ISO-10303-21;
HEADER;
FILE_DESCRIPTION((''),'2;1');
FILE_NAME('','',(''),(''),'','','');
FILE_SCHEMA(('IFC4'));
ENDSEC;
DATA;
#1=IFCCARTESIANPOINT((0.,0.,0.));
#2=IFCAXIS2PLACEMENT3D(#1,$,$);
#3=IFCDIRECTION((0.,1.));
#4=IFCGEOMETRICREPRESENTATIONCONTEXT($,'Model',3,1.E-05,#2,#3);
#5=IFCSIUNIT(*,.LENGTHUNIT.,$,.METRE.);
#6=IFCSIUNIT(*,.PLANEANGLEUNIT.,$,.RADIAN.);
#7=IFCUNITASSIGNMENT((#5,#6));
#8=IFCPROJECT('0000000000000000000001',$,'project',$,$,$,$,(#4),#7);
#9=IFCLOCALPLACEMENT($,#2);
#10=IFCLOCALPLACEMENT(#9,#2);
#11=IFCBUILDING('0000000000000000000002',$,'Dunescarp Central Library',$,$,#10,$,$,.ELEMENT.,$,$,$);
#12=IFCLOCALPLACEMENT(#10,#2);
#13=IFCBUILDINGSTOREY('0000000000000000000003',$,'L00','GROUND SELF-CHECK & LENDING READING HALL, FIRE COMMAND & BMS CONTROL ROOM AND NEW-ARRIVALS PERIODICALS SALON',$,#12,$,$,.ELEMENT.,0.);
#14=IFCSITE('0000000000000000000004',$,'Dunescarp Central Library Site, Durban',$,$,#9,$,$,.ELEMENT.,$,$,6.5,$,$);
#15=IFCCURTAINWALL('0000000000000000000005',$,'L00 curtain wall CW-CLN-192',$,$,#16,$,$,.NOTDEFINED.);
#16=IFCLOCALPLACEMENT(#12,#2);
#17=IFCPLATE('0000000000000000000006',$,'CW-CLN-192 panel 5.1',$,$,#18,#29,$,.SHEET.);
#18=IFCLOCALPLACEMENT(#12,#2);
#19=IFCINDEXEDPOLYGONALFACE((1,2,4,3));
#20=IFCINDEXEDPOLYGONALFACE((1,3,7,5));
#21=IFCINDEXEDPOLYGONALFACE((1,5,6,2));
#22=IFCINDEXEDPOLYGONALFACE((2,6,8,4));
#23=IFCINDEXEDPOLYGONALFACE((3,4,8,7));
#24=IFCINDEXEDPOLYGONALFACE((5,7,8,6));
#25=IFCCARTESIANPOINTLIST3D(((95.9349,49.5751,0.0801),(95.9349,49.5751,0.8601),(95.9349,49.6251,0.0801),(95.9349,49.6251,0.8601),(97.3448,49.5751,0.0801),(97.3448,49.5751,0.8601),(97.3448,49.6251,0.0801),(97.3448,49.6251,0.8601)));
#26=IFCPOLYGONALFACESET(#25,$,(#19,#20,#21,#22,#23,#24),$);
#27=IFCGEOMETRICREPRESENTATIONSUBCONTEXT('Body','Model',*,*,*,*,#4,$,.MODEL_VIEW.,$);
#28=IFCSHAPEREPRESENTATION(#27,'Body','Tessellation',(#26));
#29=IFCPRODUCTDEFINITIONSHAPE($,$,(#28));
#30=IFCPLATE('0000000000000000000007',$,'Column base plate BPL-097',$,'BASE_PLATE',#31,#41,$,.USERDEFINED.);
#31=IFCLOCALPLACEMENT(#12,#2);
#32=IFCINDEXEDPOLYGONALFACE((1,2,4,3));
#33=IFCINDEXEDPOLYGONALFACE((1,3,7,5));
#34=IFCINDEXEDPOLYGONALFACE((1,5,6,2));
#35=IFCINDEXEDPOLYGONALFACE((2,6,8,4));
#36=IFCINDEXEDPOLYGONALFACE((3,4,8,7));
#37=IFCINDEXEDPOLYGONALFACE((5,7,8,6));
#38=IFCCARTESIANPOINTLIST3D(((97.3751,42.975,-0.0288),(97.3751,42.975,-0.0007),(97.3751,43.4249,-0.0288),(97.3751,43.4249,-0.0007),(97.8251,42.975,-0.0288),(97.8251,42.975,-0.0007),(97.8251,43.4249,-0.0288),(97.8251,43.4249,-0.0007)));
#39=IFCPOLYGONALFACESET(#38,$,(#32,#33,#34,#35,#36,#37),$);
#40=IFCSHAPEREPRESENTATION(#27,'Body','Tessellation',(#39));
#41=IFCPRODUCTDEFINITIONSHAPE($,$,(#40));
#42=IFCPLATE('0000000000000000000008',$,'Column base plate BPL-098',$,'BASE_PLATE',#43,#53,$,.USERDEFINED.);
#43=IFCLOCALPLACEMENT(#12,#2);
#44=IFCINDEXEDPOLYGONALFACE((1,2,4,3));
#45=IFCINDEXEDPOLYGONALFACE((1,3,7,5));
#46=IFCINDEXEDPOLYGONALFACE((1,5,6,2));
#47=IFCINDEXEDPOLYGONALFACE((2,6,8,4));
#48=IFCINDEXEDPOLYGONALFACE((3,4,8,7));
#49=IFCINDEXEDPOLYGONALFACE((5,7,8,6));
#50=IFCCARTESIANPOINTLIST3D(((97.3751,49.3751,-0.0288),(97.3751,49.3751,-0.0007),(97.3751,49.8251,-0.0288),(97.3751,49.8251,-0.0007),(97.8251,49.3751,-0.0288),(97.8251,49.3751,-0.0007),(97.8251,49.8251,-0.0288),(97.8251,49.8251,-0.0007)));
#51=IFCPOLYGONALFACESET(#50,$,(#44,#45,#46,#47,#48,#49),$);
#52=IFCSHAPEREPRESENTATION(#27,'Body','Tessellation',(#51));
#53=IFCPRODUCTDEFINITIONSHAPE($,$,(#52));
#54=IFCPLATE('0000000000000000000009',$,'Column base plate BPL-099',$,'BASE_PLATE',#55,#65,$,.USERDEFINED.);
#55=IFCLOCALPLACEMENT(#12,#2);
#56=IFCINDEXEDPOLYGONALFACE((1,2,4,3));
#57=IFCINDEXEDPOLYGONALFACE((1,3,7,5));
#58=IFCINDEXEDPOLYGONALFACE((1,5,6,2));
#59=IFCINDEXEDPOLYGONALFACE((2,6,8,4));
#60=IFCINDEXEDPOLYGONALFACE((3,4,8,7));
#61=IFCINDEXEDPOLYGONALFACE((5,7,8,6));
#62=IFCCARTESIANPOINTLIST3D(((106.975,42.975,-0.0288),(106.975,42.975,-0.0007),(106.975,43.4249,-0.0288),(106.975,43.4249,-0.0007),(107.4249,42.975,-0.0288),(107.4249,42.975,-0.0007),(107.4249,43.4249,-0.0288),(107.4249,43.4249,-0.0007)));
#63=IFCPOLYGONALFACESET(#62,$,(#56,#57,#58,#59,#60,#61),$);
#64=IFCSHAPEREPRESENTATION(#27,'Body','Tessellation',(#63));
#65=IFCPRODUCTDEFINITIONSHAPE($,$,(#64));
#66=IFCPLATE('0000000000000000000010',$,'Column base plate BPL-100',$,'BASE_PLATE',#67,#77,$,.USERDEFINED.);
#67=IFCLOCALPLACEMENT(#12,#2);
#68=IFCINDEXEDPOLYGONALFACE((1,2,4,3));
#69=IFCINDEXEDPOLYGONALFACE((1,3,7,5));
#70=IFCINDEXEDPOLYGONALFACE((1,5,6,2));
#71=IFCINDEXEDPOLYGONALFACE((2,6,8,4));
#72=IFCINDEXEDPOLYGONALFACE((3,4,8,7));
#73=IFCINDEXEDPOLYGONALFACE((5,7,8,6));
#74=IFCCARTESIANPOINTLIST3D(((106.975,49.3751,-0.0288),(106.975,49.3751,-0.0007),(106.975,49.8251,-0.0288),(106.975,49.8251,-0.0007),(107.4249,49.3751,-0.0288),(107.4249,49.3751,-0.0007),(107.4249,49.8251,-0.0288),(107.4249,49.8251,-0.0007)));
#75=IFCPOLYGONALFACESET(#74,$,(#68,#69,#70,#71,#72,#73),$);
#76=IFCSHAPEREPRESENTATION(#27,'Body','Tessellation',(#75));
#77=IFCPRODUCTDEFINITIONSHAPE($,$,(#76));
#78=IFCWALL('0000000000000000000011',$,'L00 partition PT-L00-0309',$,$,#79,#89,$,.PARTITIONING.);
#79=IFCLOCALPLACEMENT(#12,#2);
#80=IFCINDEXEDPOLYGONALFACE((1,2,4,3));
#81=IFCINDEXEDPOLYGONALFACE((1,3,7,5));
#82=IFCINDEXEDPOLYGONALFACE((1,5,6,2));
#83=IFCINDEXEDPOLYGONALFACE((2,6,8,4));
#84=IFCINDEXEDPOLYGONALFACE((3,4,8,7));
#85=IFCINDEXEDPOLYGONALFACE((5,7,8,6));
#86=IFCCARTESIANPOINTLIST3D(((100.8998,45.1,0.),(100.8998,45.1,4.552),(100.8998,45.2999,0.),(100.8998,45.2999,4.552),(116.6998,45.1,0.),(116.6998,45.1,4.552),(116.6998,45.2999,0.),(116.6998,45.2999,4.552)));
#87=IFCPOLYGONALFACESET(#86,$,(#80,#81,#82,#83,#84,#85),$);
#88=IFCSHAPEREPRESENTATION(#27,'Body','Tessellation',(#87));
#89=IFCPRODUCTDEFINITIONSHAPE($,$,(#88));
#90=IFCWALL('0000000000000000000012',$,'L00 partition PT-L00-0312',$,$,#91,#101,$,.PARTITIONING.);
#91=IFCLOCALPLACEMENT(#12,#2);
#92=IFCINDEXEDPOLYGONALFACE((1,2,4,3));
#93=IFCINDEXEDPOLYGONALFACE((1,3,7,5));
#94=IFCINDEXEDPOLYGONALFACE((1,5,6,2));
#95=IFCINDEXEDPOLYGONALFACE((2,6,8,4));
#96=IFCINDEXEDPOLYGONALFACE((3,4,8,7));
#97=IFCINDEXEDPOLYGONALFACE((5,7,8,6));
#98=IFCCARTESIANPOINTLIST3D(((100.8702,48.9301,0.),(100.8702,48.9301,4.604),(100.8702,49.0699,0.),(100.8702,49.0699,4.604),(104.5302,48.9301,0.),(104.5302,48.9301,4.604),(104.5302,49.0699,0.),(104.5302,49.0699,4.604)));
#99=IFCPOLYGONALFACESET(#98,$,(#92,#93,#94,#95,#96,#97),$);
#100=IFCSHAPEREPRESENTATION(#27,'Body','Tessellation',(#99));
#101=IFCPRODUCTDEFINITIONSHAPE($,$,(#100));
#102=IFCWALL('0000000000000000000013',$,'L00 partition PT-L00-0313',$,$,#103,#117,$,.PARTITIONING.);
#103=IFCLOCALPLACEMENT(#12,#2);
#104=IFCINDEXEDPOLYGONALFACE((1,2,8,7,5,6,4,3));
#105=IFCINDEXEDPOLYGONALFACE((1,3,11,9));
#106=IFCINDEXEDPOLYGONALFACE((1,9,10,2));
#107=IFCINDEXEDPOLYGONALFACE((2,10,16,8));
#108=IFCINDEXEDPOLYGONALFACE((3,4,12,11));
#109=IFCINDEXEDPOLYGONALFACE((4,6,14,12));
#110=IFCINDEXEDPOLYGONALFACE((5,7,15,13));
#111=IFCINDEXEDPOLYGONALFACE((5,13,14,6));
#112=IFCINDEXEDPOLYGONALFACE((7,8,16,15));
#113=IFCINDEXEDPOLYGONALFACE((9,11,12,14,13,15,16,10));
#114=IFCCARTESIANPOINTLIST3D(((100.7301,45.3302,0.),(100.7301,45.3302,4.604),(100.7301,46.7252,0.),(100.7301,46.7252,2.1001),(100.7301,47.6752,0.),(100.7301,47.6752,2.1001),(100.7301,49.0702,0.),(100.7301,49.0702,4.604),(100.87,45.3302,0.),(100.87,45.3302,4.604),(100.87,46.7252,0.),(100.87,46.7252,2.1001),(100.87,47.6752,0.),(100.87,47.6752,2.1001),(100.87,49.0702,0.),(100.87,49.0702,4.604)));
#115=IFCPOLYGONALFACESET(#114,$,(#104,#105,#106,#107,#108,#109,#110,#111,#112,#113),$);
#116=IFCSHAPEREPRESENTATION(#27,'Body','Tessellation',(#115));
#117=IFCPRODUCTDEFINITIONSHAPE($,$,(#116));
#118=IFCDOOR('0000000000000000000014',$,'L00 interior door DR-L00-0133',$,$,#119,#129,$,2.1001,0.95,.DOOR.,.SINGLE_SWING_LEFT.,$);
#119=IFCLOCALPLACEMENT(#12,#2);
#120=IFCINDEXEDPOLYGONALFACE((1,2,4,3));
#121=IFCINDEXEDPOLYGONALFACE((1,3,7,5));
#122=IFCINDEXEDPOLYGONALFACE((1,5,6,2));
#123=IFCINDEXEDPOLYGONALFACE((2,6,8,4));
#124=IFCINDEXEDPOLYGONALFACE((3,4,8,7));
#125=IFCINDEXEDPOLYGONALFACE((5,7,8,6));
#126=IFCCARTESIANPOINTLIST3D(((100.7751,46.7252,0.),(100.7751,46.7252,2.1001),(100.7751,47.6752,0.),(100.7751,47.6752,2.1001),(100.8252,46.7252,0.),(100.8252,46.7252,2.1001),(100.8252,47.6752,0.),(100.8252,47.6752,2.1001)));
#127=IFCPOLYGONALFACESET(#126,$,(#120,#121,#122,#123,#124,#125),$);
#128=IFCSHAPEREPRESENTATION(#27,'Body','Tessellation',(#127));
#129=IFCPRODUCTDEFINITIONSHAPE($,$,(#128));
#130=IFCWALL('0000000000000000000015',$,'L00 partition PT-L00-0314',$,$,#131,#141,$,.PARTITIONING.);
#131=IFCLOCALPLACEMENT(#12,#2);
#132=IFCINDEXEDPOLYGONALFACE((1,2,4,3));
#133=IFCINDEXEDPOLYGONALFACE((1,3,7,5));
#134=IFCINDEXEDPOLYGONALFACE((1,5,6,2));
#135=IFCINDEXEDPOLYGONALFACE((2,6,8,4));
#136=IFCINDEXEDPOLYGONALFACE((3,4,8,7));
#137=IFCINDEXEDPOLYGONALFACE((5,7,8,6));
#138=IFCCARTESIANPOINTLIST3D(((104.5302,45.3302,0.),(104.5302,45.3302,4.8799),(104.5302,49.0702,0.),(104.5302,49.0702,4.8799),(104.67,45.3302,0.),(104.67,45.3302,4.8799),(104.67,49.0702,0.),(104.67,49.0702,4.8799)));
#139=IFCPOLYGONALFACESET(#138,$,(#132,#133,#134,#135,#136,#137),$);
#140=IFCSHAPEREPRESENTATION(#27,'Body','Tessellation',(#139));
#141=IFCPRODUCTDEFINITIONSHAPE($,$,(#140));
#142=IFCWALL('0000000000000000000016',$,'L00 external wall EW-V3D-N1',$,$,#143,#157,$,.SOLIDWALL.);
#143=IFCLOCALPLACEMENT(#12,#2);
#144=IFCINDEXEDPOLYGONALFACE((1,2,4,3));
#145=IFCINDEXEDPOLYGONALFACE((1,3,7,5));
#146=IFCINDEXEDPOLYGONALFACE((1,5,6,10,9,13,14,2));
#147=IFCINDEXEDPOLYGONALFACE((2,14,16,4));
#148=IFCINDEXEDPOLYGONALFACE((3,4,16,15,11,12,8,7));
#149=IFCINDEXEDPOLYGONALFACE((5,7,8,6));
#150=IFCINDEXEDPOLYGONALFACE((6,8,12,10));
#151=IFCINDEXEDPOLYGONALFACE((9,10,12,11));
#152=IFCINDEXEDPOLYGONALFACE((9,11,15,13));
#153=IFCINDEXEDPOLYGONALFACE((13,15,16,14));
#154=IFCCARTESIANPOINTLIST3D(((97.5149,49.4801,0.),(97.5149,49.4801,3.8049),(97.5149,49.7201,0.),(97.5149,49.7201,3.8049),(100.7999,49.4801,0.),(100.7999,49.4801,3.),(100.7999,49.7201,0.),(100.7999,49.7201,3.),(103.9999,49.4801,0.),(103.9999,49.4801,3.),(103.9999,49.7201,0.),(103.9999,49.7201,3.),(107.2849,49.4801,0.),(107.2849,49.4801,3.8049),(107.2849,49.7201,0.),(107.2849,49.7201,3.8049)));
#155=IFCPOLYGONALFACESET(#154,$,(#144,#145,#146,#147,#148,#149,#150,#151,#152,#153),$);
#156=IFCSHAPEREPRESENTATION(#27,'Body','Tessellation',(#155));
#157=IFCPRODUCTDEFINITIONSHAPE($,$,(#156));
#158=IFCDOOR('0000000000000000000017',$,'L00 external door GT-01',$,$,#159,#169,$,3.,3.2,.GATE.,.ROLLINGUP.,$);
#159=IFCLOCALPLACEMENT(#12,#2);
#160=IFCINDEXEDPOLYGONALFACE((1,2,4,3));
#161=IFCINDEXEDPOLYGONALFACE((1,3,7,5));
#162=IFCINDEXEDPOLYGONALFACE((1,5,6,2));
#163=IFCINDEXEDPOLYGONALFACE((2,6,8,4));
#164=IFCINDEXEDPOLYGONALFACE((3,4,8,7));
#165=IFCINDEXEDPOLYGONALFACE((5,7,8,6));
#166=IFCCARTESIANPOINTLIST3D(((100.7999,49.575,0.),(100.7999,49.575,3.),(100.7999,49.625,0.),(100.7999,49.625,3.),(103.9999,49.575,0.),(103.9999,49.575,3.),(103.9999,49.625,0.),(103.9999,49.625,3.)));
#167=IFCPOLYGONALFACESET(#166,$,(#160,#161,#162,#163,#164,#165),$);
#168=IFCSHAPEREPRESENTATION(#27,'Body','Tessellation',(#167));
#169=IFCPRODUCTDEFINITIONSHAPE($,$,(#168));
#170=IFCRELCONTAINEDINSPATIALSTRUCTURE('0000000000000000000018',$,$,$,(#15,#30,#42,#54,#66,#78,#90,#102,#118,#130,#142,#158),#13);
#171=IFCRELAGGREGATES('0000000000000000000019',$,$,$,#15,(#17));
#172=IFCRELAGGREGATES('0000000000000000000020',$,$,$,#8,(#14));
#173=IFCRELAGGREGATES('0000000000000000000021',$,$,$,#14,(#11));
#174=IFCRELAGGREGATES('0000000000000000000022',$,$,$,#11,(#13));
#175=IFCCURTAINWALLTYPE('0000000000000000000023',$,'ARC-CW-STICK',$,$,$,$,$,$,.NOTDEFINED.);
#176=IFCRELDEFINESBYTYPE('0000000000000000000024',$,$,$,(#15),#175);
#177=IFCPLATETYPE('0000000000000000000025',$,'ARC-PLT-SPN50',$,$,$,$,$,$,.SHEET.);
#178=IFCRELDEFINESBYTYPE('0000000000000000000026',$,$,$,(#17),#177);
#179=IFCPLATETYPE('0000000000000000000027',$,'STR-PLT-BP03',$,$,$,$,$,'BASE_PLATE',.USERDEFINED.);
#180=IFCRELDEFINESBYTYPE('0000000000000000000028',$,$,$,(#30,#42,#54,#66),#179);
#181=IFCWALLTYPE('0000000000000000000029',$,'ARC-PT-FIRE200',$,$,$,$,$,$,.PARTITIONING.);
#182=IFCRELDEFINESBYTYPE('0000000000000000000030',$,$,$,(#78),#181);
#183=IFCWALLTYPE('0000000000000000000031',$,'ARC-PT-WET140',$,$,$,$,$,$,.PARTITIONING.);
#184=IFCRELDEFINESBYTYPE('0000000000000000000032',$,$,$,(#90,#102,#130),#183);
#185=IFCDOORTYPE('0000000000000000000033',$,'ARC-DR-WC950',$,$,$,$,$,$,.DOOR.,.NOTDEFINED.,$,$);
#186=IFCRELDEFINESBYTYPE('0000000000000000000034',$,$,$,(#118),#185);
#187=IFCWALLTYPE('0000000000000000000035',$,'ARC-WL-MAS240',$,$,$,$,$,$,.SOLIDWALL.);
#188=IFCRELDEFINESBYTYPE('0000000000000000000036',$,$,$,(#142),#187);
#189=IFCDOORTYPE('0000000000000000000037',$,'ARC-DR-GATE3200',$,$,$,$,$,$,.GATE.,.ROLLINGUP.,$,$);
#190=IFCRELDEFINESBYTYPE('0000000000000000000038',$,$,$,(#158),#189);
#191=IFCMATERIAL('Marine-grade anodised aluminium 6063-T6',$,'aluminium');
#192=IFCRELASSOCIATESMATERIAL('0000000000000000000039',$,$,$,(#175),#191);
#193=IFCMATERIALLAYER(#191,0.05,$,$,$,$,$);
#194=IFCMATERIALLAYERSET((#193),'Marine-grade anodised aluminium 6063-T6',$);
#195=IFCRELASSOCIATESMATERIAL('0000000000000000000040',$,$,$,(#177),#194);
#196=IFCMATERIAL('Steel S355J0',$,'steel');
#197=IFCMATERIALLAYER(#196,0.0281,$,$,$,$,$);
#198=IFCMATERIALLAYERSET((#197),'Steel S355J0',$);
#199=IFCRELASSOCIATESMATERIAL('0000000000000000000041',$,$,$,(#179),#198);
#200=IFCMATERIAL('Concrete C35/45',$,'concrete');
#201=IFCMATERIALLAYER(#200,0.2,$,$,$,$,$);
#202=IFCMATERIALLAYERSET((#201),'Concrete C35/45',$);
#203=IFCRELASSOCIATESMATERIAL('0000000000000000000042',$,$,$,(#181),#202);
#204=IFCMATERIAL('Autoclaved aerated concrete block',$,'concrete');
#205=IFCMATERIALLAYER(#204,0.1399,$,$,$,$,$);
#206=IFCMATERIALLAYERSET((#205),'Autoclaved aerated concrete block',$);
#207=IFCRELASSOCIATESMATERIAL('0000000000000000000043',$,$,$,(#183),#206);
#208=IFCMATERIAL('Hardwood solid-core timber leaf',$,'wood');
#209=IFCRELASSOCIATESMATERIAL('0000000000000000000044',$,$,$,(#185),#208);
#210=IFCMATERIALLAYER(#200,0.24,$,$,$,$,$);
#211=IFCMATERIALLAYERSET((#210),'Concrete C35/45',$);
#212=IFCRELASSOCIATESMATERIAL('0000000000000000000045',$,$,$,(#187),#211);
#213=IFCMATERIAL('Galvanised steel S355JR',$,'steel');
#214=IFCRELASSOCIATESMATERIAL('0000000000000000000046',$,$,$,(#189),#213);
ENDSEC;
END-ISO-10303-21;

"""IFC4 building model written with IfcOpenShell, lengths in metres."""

from ifc_helpers import new_model, si_unit, direction, frame, frame_2d, origin, origin_2d, place, context, subcontext, project, spatial, rectangle, extrude, material, layer, layer_set, type_object, element, fill, aggregate, save


model = new_model("IFC4")

# Units and contexts
model_context = context("Model", 3, precision=1e-05, world=origin(), true_north=direction((0.0, 1.0)))
body_context = subcontext(model_context, "Body", "Model", "MODEL_VIEW")
ifc_project = project(units=[si_unit("LENGTHUNIT", "METRE"), si_unit("PLANEANGLEUNIT", "RADIAN")], contexts=[model_context])

# Site, building, storey
site_placement = place(None, origin())
site = spatial("IfcSite", under=ifc_project, at=site_placement, Name="Dunescarp Central Library Site, Durban", CompositionType="ELEMENT", RefElevation=6.5)
building_placement = place(site_placement, origin())
building = spatial("IfcBuilding", under=site, at=building_placement, Name="Dunescarp Central Library", CompositionType="ELEMENT")
storey_placement = place(building_placement, origin())
storey = spatial("IfcBuildingStorey", under=building, at=storey_placement, Name="L00", Description="GROUND SELF-CHECK & LENDING READING HALL, FIRE COMMAND & BMS CONTROL ROOM AND NEW-ARRIVALS PERIODICALS SALON", CompositionType="ELEMENT", Elevation=0.0)

# Shared definitions
ifc_material_1 = material(Name="Concrete C35/45", Category="concrete")

# Curtain wall
ifc_material_2 = material(Name="Marine-grade anodised aluminium 6063-T6", Category="aluminium")
curtain_wall_type = type_object("IfcCurtainWallType", Name="ARC-CW-STICK", PredefinedType="NOTDEFINED", material=ifc_material_2)
curtain_wall_placement = place(storey_placement, origin())
curtain_wall = element("IfcCurtainWall", 1, at=curtain_wall_placement, inside=storey, type_object=curtain_wall_type, Name="L00 curtain wall CW-CLN-192", PredefinedType="NOTDEFINED")

# Plate
ifc_layer_1 = layer(ifc_material_2, 0.05)
ifc_layer_set_1 = layer_set([ifc_layer_1], Name="Marine-grade anodised aluminium 6063-T6")
plate_type_1 = type_object("IfcPlateType", Name="ARC-PLT-SPN50", PredefinedType="SHEET", material=ifc_layer_set_1)
plate_1_placement = place(storey_placement, frame((96.6399, 49.6001, 0.0801), z_axis=(0.0, 0.0, 1.0), x_axis=(1.0, 0.0, 0.0)))
plate_1 = element("IfcPlate", 2, at=plate_1_placement, type_object=plate_type_1, Name="CW-CLN-192 panel 5.1", PredefinedType="SHEET", context=body_context, shape_type="SweptSolid", body=[
    extrude(rectangle(XDim=1.4099, YDim=0.05, at=origin_2d()), origin(), (0.0, 0.0, 1.0), 0.78),
])
aggregate(curtain_wall, [plate_1])

# Plates
ifc_material_3 = material(Name="Steel S355J0", Category="steel")
ifc_layer_2 = layer(ifc_material_3, 0.0281)
ifc_layer_set_2 = layer_set([ifc_layer_2], Name="Steel S355J0")
plate_type_2 = type_object("IfcPlateType", Name="STR-PLT-BP03", ElementType="BASE_PLATE", PredefinedType="USERDEFINED", material=ifc_layer_set_2)
for number, where, z_axis, x_axis, name in (
    (3, (97.6001, 43.2, -0.0288), (0.0, 0.0, 1.0), (1.0, 0.0, 0.0), "Column base plate BPL-097"),
    (4, (97.6001, 49.6001, -0.0288), (0.0, 0.0, 1.0), (1.0, 0.0, 0.0), "Column base plate BPL-098"),
    (5, (107.2, 43.2, -0.0288), (0.0, 0.0, 1.0), (1.0, 0.0, 0.0), "Column base plate BPL-099"),
    (6, (107.2, 49.6001, -0.0288), (0.0, 0.0, 1.0), (1.0, 0.0, 0.0), "Column base plate BPL-100"),
):
    element("IfcPlate", number, at=place(storey_placement, frame(where, z_axis=z_axis, x_axis=x_axis)), inside=storey, type_object=plate_type_2, Name=name, ObjectType="BASE_PLATE", PredefinedType="USERDEFINED", context=body_context, shape_type="SweptSolid", body=[
        extrude(rectangle(XDim=0.45, YDim=0.45, at=origin_2d()), origin(), (0.0, 0.0, 1.0), 0.0281),
    ])

# Walls
ifc_layer_3 = layer(ifc_material_1, 0.2)
ifc_layer_set_3 = layer_set([ifc_layer_3], Name="Concrete C35/45")
wall_type_1 = type_object("IfcWallType", Name="ARC-PT-FIRE200", PredefinedType="PARTITIONING", material=ifc_layer_set_3)
wall_1_placement = place(storey_placement, frame((100.8999, 45.2, 0.0), z_axis=(0.0, 0.0, 1.0), x_axis=(1.0, 0.0, 0.0)))
element("IfcWall", 7, at=wall_1_placement, inside=storey, type_object=wall_type_1, Name="L00 partition PT-L00-0309", PredefinedType="PARTITIONING", context=body_context, shape_type="SweptSolid", body=[
    extrude(rectangle(XDim=15.8, YDim=0.2, at=frame_2d((7.8999, 0.0))), origin(), (0.0, 0.0, 1.0), 4.552),
])
ifc_material_4 = material(Name="Autoclaved aerated concrete block", Category="concrete")
ifc_layer_4 = layer(ifc_material_4, 0.1399)
ifc_layer_set_4 = layer_set([ifc_layer_4], Name="Autoclaved aerated concrete block")
wall_type_2 = type_object("IfcWallType", Name="ARC-PT-WET140", PredefinedType="PARTITIONING", material=ifc_layer_set_4)
wall_2_placement = place(storey_placement, frame((100.8701, 49.0, 0.0), z_axis=(0.0, 0.0, 1.0), x_axis=(1.0, 0.0, 0.0)))
element("IfcWall", 8, at=wall_2_placement, inside=storey, type_object=wall_type_2, Name="L00 partition PT-L00-0312", PredefinedType="PARTITIONING", context=body_context, shape_type="SweptSolid", body=[
    extrude(rectangle(XDim=3.6599, YDim=0.1399, at=frame_2d((1.8301, 0.0))), origin(), (0.0, 0.0, 1.0), 4.604),
])

# Wall, opening, door
wall_3_placement = place(storey_placement, frame((100.8, 45.3301, 0.0), z_axis=(0.0, 0.0, 1.0), x_axis=(0.0, 1.0, 0.0)))
wall_3 = element("IfcWall", 9, at=wall_3_placement, inside=storey, type_object=wall_type_2, Name="L00 partition PT-L00-0313", PredefinedType="PARTITIONING", context=body_context, shape_type="SweptSolid", body=[
    extrude(rectangle(XDim=3.74, YDim=0.1399, at=frame_2d((1.8701, 0.0))), origin(), (0.0, 0.0, 1.0), 4.604),
])
opening_1_placement = place(wall_3_placement, frame((1.395, 0.0, 0.0)))
opening_1 = element("IfcOpeningElement", 10, at=opening_1_placement, cuts=wall_3, PredefinedType="OPENING", context=body_context, shape_type="SweptSolid", body=[
    extrude(rectangle(XDim=0.95, YDim=2.1001, at=frame_2d((0.4751, 1.05))), frame((0.0, 0.0801, 0.0), z_axis=(0.0, -1.0, 0.0), x_axis=(1.0, 0.0, 0.0)), (0.0, 0.0, 1.0), 0.1599),
])
ifc_material_5 = material(Name="Hardwood solid-core timber leaf", Category="wood")
door_type_1 = type_object("IfcDoorType", Name="ARC-DR-WC950", OperationType="NOTDEFINED", PredefinedType="DOOR", material=ifc_material_5)
door_1_placement = place(opening_1_placement, origin())
door_1 = element("IfcDoor", 11, at=door_1_placement, inside=storey, type_object=door_type_1, Name="L00 interior door DR-L00-0133", OperationType="SINGLE_SWING_LEFT", OverallHeight=2.1001, OverallWidth=0.95, PredefinedType="DOOR", context=body_context, shape_type="SweptSolid", body=[
    extrude(rectangle(XDim=0.95, YDim=2.1001, at=frame_2d((0.4751, 1.05))), frame((0.0, 0.0249, 0.0), z_axis=(0.0, -1.0, 0.0), x_axis=(1.0, 0.0, 0.0)), (0.0, 0.0, 1.0), 0.05),
])
fill(opening_1, door_1)

# Wall
wall_4_placement = place(storey_placement, frame((104.6001, 45.3301, 0.0), z_axis=(0.0, 0.0, 1.0), x_axis=(0.0, 1.0, 0.0)))
element("IfcWall", 12, at=wall_4_placement, inside=storey, type_object=wall_type_2, Name="L00 partition PT-L00-0314", PredefinedType="PARTITIONING", context=body_context, shape_type="SweptSolid", body=[
    extrude(rectangle(XDim=3.74, YDim=0.1399, at=frame_2d((1.8701, 0.0))), origin(), (0.0, 0.0, 1.0), 4.8799),
])

# Wall, opening, door
ifc_layer_5 = layer(ifc_material_1, 0.24)
ifc_layer_set_5 = layer_set([ifc_layer_5], Name="Concrete C35/45")
wall_type_3 = type_object("IfcWallType", Name="ARC-WL-MAS240", PredefinedType="SOLIDWALL", material=ifc_layer_set_5)
wall_5_placement = place(storey_placement, frame((97.5149, 49.6001, 0.0), z_axis=(0.0, 0.0, 1.0), x_axis=(1.0, 0.0, 0.0)))
wall_5 = element("IfcWall", 13, at=wall_5_placement, inside=storey, type_object=wall_type_3, Name="L00 external wall EW-V3D-N1", PredefinedType="SOLIDWALL", context=body_context, shape_type="SweptSolid", body=[
    extrude(rectangle(XDim=9.77, YDim=0.24, at=frame_2d((4.885, 0.0))), origin(), (0.0, 0.0, 1.0), 3.8049),
])
opening_2_placement = place(wall_5_placement, frame((3.2849, 0.0, 0.0)))
opening_2 = element("IfcOpeningElement", 14, at=opening_2_placement, cuts=wall_5, PredefinedType="OPENING", context=body_context, shape_type="SweptSolid", body=[
    extrude(rectangle(XDim=3.2, YDim=3.0, at=frame_2d((1.6001, 1.5))), frame((0.0, 0.1299, 0.0), z_axis=(0.0, -1.0, 0.0), x_axis=(1.0, 0.0, 0.0)), (0.0, 0.0, 1.0), 0.26),
])
ifc_material_6 = material(Name="Galvanised steel S355JR", Category="steel")
door_type_2 = type_object("IfcDoorType", Name="ARC-DR-GATE3200", OperationType="ROLLINGUP", PredefinedType="GATE", material=ifc_material_6)
door_2_placement = place(opening_2_placement, origin())
door_2 = element("IfcDoor", 15, at=door_2_placement, inside=storey, type_object=door_type_2, Name="L00 external door GT-01", OperationType="ROLLINGUP", OverallHeight=3.0, OverallWidth=3.2, PredefinedType="GATE", context=body_context, shape_type="SweptSolid", body=[
    extrude(rectangle(XDim=3.2, YDim=3.0, at=frame_2d((1.6001, 1.5))), frame((0.0, 0.0249, 0.0), z_axis=(0.0, -1.0, 0.0), x_axis=(1.0, 0.0, 0.0)), (0.0, 0.0, 1.0), 0.05),
])
fill(opening_2, door_2)

save(model, "model.ifc")
